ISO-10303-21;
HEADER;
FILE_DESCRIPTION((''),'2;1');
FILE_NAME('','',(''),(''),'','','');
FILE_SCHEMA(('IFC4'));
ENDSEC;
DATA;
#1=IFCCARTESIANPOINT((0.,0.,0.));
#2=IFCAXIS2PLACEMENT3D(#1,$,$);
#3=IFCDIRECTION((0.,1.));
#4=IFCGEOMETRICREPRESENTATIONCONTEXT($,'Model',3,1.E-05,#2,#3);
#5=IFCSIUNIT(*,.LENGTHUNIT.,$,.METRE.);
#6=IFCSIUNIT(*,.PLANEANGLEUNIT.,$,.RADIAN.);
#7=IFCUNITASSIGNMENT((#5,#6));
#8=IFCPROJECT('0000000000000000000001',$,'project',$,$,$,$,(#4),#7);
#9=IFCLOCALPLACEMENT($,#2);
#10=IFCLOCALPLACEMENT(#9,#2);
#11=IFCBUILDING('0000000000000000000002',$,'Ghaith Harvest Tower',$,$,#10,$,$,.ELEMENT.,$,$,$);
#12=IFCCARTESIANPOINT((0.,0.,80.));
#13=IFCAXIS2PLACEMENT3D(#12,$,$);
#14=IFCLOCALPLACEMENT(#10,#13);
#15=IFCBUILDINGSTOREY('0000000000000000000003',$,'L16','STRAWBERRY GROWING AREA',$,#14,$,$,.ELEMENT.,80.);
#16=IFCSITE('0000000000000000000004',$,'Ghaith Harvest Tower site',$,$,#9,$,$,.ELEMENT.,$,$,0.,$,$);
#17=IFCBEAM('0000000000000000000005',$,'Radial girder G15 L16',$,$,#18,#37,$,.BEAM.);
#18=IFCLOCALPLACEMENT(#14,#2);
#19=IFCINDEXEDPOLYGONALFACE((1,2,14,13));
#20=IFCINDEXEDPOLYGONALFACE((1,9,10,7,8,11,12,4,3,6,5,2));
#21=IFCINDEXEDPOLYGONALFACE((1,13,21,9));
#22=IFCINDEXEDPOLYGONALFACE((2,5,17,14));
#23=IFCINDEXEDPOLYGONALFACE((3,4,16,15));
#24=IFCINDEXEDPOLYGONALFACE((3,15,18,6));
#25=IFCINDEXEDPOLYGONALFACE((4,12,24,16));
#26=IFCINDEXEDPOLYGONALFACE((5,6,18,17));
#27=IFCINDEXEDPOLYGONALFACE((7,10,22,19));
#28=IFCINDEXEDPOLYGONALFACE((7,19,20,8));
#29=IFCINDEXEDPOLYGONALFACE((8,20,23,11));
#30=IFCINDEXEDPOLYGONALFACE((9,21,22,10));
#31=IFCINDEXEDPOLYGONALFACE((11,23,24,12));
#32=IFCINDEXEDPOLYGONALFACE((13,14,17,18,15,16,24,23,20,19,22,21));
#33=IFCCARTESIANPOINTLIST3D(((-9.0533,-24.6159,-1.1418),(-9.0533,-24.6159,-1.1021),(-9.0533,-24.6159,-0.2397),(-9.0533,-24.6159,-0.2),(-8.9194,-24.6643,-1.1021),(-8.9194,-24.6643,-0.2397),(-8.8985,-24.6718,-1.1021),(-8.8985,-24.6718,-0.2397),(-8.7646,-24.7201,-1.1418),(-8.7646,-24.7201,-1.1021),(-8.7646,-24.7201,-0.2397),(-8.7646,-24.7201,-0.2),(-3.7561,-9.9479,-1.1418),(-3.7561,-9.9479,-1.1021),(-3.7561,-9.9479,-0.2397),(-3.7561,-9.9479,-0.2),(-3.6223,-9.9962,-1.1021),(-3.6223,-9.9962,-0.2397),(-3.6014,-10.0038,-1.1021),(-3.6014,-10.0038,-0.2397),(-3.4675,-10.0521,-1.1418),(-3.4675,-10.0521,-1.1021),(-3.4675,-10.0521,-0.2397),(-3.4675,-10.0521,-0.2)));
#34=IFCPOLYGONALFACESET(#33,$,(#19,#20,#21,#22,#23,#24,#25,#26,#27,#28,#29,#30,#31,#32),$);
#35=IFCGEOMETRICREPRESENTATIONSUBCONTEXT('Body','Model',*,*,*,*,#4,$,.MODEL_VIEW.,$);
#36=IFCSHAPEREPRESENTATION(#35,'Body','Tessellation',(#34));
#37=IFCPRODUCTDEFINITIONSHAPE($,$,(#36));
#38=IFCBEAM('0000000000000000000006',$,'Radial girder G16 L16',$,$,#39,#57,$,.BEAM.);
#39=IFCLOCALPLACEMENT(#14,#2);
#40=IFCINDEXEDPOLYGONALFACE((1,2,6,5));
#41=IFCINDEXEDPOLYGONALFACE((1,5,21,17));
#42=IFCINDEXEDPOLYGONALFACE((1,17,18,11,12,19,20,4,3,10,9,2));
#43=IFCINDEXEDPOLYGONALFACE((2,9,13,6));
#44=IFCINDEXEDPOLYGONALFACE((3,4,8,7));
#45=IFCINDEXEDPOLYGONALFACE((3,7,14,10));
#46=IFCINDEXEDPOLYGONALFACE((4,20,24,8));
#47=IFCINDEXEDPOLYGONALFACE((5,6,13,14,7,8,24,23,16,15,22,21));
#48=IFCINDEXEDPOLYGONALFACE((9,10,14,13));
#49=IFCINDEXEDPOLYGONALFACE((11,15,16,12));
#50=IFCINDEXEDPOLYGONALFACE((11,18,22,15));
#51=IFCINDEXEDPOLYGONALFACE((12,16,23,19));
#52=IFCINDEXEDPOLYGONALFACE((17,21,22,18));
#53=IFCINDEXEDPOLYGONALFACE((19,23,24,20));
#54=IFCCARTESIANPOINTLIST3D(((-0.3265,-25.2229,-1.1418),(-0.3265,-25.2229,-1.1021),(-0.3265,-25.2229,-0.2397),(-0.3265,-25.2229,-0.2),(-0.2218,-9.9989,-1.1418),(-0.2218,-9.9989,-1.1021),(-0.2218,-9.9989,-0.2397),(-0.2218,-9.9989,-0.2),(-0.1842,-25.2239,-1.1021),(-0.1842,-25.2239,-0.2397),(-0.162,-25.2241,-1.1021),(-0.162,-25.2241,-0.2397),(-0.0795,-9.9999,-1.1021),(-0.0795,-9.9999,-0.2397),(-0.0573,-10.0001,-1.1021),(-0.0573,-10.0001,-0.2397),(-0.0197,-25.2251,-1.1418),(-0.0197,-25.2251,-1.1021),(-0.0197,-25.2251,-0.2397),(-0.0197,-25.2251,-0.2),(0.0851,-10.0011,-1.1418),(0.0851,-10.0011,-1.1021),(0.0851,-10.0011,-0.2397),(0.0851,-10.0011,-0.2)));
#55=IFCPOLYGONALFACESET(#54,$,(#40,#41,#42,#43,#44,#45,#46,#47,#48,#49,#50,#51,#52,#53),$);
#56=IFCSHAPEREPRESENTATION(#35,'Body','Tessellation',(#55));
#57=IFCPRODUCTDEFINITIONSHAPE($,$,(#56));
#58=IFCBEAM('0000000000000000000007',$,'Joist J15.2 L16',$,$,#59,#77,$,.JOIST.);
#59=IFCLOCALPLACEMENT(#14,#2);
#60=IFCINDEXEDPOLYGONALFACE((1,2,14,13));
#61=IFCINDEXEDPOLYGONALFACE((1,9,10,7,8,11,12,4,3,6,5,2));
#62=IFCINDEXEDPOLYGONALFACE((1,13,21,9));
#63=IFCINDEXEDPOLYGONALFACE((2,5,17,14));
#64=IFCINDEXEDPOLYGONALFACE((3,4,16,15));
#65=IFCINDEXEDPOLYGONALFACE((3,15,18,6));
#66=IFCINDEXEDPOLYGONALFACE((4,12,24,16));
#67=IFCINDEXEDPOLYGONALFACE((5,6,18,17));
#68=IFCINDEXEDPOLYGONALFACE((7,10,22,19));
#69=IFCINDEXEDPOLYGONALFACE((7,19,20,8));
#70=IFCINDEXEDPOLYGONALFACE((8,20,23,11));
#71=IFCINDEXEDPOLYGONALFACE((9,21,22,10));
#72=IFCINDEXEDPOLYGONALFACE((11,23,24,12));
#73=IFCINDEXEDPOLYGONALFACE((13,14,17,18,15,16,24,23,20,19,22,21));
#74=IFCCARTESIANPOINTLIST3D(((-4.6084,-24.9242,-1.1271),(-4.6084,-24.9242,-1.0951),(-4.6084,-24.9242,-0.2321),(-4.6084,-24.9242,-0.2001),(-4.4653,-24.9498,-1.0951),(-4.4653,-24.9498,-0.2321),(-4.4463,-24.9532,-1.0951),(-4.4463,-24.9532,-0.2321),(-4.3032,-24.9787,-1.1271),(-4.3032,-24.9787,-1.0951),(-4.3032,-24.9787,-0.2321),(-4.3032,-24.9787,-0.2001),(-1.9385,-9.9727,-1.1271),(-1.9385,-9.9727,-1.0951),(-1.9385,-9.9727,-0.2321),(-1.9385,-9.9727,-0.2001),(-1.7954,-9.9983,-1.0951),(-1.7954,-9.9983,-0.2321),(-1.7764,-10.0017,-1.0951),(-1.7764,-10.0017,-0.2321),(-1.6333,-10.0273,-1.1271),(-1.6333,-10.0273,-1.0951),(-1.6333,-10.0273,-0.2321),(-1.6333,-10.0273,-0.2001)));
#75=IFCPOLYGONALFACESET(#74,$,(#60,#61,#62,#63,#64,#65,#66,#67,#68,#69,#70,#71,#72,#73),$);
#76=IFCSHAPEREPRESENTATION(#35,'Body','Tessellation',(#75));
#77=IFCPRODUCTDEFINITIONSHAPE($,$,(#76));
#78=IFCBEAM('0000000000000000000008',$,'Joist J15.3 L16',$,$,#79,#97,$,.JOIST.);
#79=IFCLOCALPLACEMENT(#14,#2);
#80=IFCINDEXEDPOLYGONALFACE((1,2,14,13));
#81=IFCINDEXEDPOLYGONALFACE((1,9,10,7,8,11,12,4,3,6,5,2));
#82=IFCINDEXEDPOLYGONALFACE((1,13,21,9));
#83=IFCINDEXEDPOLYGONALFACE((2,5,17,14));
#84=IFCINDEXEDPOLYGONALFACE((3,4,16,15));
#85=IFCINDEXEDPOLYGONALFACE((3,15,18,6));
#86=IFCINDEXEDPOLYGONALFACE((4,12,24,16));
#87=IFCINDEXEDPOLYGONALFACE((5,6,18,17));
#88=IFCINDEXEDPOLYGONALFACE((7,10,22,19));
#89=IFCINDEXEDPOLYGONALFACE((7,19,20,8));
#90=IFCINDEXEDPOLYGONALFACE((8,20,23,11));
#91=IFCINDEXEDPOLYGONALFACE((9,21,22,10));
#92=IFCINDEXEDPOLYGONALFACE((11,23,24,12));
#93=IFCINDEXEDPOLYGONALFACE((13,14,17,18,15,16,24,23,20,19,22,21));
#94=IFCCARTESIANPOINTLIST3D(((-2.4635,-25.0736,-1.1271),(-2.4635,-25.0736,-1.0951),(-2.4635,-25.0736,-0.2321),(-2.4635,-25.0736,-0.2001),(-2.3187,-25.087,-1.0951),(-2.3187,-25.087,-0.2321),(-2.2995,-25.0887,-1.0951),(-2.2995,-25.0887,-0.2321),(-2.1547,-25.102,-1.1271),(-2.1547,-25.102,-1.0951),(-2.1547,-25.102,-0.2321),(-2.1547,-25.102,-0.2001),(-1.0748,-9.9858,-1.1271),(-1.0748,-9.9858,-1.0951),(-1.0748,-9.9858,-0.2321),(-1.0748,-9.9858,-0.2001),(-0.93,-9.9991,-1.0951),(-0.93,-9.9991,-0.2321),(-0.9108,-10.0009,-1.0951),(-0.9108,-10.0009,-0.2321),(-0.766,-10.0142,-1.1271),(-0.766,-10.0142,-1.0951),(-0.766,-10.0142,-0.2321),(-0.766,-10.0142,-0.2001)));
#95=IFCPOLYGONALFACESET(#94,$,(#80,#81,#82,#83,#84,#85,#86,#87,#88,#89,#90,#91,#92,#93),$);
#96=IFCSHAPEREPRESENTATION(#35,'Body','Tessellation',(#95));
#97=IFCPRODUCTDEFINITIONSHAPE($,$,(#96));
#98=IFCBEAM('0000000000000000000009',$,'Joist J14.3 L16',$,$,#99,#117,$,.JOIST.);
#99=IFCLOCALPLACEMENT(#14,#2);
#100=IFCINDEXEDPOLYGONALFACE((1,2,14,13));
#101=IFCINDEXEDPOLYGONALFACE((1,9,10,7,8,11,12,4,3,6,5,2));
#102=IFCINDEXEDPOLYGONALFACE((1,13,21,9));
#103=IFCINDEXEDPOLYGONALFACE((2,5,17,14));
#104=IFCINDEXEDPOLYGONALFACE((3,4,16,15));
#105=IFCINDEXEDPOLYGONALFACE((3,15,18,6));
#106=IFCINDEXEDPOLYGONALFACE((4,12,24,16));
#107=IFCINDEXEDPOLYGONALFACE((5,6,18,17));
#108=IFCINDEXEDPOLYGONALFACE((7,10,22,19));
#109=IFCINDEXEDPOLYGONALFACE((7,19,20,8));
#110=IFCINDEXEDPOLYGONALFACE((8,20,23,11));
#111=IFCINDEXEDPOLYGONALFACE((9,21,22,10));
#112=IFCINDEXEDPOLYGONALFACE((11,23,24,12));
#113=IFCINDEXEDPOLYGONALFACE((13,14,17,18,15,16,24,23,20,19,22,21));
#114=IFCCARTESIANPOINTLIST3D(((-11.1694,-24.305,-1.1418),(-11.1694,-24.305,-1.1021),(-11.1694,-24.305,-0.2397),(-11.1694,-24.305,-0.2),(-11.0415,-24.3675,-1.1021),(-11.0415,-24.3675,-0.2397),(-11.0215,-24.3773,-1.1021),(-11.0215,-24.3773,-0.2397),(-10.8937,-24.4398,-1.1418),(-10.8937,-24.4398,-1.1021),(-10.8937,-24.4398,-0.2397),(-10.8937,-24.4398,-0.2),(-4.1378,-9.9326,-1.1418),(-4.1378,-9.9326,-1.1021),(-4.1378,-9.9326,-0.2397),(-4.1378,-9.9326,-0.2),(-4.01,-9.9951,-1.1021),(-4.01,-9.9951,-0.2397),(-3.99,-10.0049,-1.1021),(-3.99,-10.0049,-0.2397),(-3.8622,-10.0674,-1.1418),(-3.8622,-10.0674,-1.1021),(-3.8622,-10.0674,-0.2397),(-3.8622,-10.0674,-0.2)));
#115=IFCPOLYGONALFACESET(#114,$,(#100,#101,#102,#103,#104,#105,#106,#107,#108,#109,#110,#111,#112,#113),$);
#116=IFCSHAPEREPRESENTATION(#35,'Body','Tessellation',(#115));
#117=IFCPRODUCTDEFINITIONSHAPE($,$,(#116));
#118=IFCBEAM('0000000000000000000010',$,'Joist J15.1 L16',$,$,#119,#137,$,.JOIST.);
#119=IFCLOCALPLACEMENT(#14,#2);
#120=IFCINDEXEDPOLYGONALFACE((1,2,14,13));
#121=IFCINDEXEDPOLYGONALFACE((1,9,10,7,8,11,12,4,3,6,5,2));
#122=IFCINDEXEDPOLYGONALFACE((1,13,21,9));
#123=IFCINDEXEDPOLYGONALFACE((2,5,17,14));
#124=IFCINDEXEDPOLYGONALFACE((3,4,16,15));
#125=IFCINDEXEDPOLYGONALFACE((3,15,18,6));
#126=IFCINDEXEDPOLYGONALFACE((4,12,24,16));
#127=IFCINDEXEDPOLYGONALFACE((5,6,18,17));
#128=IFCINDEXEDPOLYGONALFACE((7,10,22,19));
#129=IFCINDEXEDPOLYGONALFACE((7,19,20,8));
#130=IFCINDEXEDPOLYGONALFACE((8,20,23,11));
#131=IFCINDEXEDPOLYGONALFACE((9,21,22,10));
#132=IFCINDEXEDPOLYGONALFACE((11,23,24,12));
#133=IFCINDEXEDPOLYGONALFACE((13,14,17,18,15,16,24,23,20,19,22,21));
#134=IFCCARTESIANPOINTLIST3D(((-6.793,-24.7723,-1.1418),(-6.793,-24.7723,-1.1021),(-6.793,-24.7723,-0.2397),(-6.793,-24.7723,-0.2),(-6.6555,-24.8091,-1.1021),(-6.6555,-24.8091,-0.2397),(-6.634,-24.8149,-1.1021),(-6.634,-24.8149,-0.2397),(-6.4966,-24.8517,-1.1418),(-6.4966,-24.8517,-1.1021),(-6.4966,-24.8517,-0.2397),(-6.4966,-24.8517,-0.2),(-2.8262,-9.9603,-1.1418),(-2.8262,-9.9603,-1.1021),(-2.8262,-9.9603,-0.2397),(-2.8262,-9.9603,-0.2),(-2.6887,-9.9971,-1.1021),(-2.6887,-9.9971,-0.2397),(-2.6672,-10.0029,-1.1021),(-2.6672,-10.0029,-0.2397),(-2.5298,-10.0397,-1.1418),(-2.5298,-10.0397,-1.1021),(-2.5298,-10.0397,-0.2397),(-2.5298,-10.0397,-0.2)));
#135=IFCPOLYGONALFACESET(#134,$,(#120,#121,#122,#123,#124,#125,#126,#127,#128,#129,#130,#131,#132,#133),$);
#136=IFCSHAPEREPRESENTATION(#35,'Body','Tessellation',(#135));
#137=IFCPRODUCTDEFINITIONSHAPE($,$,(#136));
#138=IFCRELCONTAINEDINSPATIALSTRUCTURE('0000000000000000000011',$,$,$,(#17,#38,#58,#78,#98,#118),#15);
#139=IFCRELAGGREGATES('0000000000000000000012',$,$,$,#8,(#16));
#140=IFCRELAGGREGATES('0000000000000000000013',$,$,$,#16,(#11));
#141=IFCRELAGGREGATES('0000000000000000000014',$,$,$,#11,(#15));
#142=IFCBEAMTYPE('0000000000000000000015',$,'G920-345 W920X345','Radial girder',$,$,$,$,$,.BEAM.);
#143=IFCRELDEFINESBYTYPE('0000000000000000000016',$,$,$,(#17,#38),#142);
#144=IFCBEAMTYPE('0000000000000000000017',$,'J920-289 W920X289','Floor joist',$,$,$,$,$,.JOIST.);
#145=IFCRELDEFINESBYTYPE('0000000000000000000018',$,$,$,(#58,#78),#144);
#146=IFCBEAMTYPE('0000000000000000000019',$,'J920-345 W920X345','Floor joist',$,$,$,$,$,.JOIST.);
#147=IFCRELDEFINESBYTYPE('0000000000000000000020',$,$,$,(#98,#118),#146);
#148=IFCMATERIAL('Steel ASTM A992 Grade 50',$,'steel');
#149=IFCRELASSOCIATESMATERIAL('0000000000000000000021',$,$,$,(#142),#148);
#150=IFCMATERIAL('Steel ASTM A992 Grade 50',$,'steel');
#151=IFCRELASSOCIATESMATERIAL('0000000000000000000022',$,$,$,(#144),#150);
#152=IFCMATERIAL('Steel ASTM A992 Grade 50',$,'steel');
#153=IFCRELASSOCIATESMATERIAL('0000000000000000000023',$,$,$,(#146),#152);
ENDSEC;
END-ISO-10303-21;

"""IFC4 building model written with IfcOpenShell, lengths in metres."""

from ifc_helpers import new_model, si_unit, direction, frame, origin, origin_2d, place, context, subcontext, project, spatial, i_section, extrude, material, material_profile, profile_set, type_object, element, save


model = new_model("IFC4")

# Units and contexts
model_context = context("Model", 3, precision=1e-05, world=origin(), true_north=direction((0.0, 1.0)))
body_context = subcontext(model_context, "Body", "Model", "MODEL_VIEW")
ifc_project = project(units=[si_unit("LENGTHUNIT", "METRE"), si_unit("PLANEANGLEUNIT", "RADIAN")], contexts=[model_context])

# Site, building, storey
site_placement = place(None, origin())
site = spatial("IfcSite", under=ifc_project, at=site_placement, Name="Ghaith Harvest Tower site", CompositionType="ELEMENT", RefElevation=0.0)
building_placement = place(site_placement, origin())
building = spatial("IfcBuilding", under=site, at=building_placement, Name="Ghaith Harvest Tower", CompositionType="ELEMENT")
storey_placement = place(building_placement, frame((0.0, 0.0, 80.0)))
storey = spatial("IfcBuildingStorey", under=building, at=storey_placement, Name="L16", Description="STRAWBERRY GROWING AREA", CompositionType="ELEMENT", Elevation=80.0)

# Beams
ifc_material_1 = material(Name="Steel ASTM A992 Grade 50", Category="steel")
ifc_material_profile_1 = material_profile(ifc_material_1, i_section(OverallWidth=0.3069, OverallDepth=0.9419, WebThickness=0.0222, FlangeThickness=0.0398, at=origin_2d()), Name="W920X345")
ifc_profile_set_1 = profile_set([ifc_material_profile_1], Name="Steel ASTM A992 Grade 50")
beam_type_1 = type_object("IfcBeamType", Name="G920-345 W920X345", Description="Radial girder", PredefinedType="BEAM", material=ifc_profile_set_1)
beam_1_placement = place(storey_placement, frame((-3.6118, -10.0, -0.6709), z_axis=(-0.339664, -0.940547, 0.0), x_axis=(0.940547, -0.339664, 0.0)))
element("IfcBeam", 1, at=beam_1_placement, inside=storey, type_object=beam_type_1, Name="Radial girder G15 L16", PredefinedType="BEAM", context=body_context, shape_type="SweptSolid", body=[
    extrude(i_section(OverallWidth=0.3069, OverallDepth=0.9419, WebThickness=0.0222, FlangeThickness=0.0398, at=origin_2d()), origin(), (0.0, 0.0, 1.0), 15.5952),
])
beam_2_placement = place(storey_placement, frame((-0.0684, -10.0, -0.6709), z_axis=(-0.006879, -0.999976, 0.0), x_axis=(0.999976, -0.006879, 0.0)))
element("IfcBeam", 2, at=beam_2_placement, inside=storey, type_object=beam_type_1, Name="Radial girder G16 L16", PredefinedType="BEAM", context=body_context, shape_type="SweptSolid", body=[
    extrude(i_section(OverallWidth=0.3069, OverallDepth=0.9419, WebThickness=0.0222, FlangeThickness=0.0398, at=origin_2d()), origin(), (0.0, 0.0, 1.0), 15.2244),
])
ifc_material_2 = material(Name="Steel ASTM A992 Grade 50", Category="steel")
ifc_material_profile_2 = material_profile(ifc_material_2, i_section(OverallWidth=0.3101, OverallDepth=0.927, WebThickness=0.0193, FlangeThickness=0.032, at=origin_2d()), Name="W920X289")
ifc_profile_set_2 = profile_set([ifc_material_profile_2], Name="Steel ASTM A992 Grade 50")
beam_type_2 = type_object("IfcBeamType", Name="J920-289 W920X289", Description="Floor joist", PredefinedType="JOIST", material=ifc_profile_set_2)
beam_3_placement = place(storey_placement, frame((-1.7859, -10.0, -0.6636), z_axis=(-0.175792, -0.984427, 0.0), x_axis=(0.984427, -0.175792, 0.0)))
element("IfcBeam", 3, at=beam_3_placement, inside=storey, type_object=beam_type_2, Name="Joist J15.2 L16", PredefinedType="JOIST", context=body_context, shape_type="SweptSolid", body=[
    extrude(i_section(OverallWidth=0.3101, OverallDepth=0.927, WebThickness=0.0193, FlangeThickness=0.032, at=origin_2d()), origin(), (0.0, 0.0, 1.0), 15.188),
])
beam_4_placement = place(storey_placement, frame((-0.9204, -10.0, -0.6636), z_axis=(-0.091651, -0.995791, 0.0), x_axis=(0.995791, -0.091651, 0.0)))
element("IfcBeam", 4, at=beam_4_placement, inside=storey, type_object=beam_type_2, Name="Joist J15.3 L16", PredefinedType="JOIST", context=body_context, shape_type="SweptSolid", body=[
    extrude(i_section(OverallWidth=0.3101, OverallDepth=0.927, WebThickness=0.0193, FlangeThickness=0.032, at=origin_2d()), origin(), (0.0, 0.0, 1.0), 15.1516),
])
ifc_material_3 = material(Name="Steel ASTM A992 Grade 50", Category="steel")
ifc_material_profile_3 = material_profile(ifc_material_3, i_section(OverallWidth=0.3069, OverallDepth=0.9419, WebThickness=0.0222, FlangeThickness=0.0398, at=origin_2d()), Name="W920X345")
ifc_profile_set_3 = profile_set([ifc_material_profile_3], Name="Steel ASTM A992 Grade 50")
beam_type_3 = type_object("IfcBeamType", Name="J920-345 W920X345", Description="Floor joist", PredefinedType="JOIST", material=ifc_profile_set_3)
beam_5_placement = place(storey_placement, frame((-4.0, -10.0, -0.6709), z_axis=(-0.439464, -0.89826, 0.0), x_axis=(0.89826, -0.439464, 0.0)))
element("IfcBeam", 5, at=beam_5_placement, inside=storey, type_object=beam_type_3, Name="Joist J14.3 L16", PredefinedType="JOIST", context=body_context, shape_type="SweptSolid", body=[
    extrude(i_section(OverallWidth=0.3069, OverallDepth=0.9419, WebThickness=0.0222, FlangeThickness=0.0398, at=origin_2d()), origin(), (0.0, 0.0, 1.0), 16.0002),
])
beam_6_placement = place(storey_placement, frame((-2.678, -10.0, -0.6709), z_axis=(-0.258693, -0.96596, 0.0), x_axis=(0.96596, -0.258693, 0.0)))
element("IfcBeam", 6, at=beam_6_placement, inside=storey, type_object=beam_type_3, Name="Joist J15.1 L16", PredefinedType="JOIST", context=body_context, shape_type="SweptSolid", body=[
    extrude(i_section(OverallWidth=0.3069, OverallDepth=0.9419, WebThickness=0.0222, FlangeThickness=0.0398, at=origin_2d()), origin(), (0.0, 0.0, 1.0), 15.334),
])

save(model, "model.ifc")
